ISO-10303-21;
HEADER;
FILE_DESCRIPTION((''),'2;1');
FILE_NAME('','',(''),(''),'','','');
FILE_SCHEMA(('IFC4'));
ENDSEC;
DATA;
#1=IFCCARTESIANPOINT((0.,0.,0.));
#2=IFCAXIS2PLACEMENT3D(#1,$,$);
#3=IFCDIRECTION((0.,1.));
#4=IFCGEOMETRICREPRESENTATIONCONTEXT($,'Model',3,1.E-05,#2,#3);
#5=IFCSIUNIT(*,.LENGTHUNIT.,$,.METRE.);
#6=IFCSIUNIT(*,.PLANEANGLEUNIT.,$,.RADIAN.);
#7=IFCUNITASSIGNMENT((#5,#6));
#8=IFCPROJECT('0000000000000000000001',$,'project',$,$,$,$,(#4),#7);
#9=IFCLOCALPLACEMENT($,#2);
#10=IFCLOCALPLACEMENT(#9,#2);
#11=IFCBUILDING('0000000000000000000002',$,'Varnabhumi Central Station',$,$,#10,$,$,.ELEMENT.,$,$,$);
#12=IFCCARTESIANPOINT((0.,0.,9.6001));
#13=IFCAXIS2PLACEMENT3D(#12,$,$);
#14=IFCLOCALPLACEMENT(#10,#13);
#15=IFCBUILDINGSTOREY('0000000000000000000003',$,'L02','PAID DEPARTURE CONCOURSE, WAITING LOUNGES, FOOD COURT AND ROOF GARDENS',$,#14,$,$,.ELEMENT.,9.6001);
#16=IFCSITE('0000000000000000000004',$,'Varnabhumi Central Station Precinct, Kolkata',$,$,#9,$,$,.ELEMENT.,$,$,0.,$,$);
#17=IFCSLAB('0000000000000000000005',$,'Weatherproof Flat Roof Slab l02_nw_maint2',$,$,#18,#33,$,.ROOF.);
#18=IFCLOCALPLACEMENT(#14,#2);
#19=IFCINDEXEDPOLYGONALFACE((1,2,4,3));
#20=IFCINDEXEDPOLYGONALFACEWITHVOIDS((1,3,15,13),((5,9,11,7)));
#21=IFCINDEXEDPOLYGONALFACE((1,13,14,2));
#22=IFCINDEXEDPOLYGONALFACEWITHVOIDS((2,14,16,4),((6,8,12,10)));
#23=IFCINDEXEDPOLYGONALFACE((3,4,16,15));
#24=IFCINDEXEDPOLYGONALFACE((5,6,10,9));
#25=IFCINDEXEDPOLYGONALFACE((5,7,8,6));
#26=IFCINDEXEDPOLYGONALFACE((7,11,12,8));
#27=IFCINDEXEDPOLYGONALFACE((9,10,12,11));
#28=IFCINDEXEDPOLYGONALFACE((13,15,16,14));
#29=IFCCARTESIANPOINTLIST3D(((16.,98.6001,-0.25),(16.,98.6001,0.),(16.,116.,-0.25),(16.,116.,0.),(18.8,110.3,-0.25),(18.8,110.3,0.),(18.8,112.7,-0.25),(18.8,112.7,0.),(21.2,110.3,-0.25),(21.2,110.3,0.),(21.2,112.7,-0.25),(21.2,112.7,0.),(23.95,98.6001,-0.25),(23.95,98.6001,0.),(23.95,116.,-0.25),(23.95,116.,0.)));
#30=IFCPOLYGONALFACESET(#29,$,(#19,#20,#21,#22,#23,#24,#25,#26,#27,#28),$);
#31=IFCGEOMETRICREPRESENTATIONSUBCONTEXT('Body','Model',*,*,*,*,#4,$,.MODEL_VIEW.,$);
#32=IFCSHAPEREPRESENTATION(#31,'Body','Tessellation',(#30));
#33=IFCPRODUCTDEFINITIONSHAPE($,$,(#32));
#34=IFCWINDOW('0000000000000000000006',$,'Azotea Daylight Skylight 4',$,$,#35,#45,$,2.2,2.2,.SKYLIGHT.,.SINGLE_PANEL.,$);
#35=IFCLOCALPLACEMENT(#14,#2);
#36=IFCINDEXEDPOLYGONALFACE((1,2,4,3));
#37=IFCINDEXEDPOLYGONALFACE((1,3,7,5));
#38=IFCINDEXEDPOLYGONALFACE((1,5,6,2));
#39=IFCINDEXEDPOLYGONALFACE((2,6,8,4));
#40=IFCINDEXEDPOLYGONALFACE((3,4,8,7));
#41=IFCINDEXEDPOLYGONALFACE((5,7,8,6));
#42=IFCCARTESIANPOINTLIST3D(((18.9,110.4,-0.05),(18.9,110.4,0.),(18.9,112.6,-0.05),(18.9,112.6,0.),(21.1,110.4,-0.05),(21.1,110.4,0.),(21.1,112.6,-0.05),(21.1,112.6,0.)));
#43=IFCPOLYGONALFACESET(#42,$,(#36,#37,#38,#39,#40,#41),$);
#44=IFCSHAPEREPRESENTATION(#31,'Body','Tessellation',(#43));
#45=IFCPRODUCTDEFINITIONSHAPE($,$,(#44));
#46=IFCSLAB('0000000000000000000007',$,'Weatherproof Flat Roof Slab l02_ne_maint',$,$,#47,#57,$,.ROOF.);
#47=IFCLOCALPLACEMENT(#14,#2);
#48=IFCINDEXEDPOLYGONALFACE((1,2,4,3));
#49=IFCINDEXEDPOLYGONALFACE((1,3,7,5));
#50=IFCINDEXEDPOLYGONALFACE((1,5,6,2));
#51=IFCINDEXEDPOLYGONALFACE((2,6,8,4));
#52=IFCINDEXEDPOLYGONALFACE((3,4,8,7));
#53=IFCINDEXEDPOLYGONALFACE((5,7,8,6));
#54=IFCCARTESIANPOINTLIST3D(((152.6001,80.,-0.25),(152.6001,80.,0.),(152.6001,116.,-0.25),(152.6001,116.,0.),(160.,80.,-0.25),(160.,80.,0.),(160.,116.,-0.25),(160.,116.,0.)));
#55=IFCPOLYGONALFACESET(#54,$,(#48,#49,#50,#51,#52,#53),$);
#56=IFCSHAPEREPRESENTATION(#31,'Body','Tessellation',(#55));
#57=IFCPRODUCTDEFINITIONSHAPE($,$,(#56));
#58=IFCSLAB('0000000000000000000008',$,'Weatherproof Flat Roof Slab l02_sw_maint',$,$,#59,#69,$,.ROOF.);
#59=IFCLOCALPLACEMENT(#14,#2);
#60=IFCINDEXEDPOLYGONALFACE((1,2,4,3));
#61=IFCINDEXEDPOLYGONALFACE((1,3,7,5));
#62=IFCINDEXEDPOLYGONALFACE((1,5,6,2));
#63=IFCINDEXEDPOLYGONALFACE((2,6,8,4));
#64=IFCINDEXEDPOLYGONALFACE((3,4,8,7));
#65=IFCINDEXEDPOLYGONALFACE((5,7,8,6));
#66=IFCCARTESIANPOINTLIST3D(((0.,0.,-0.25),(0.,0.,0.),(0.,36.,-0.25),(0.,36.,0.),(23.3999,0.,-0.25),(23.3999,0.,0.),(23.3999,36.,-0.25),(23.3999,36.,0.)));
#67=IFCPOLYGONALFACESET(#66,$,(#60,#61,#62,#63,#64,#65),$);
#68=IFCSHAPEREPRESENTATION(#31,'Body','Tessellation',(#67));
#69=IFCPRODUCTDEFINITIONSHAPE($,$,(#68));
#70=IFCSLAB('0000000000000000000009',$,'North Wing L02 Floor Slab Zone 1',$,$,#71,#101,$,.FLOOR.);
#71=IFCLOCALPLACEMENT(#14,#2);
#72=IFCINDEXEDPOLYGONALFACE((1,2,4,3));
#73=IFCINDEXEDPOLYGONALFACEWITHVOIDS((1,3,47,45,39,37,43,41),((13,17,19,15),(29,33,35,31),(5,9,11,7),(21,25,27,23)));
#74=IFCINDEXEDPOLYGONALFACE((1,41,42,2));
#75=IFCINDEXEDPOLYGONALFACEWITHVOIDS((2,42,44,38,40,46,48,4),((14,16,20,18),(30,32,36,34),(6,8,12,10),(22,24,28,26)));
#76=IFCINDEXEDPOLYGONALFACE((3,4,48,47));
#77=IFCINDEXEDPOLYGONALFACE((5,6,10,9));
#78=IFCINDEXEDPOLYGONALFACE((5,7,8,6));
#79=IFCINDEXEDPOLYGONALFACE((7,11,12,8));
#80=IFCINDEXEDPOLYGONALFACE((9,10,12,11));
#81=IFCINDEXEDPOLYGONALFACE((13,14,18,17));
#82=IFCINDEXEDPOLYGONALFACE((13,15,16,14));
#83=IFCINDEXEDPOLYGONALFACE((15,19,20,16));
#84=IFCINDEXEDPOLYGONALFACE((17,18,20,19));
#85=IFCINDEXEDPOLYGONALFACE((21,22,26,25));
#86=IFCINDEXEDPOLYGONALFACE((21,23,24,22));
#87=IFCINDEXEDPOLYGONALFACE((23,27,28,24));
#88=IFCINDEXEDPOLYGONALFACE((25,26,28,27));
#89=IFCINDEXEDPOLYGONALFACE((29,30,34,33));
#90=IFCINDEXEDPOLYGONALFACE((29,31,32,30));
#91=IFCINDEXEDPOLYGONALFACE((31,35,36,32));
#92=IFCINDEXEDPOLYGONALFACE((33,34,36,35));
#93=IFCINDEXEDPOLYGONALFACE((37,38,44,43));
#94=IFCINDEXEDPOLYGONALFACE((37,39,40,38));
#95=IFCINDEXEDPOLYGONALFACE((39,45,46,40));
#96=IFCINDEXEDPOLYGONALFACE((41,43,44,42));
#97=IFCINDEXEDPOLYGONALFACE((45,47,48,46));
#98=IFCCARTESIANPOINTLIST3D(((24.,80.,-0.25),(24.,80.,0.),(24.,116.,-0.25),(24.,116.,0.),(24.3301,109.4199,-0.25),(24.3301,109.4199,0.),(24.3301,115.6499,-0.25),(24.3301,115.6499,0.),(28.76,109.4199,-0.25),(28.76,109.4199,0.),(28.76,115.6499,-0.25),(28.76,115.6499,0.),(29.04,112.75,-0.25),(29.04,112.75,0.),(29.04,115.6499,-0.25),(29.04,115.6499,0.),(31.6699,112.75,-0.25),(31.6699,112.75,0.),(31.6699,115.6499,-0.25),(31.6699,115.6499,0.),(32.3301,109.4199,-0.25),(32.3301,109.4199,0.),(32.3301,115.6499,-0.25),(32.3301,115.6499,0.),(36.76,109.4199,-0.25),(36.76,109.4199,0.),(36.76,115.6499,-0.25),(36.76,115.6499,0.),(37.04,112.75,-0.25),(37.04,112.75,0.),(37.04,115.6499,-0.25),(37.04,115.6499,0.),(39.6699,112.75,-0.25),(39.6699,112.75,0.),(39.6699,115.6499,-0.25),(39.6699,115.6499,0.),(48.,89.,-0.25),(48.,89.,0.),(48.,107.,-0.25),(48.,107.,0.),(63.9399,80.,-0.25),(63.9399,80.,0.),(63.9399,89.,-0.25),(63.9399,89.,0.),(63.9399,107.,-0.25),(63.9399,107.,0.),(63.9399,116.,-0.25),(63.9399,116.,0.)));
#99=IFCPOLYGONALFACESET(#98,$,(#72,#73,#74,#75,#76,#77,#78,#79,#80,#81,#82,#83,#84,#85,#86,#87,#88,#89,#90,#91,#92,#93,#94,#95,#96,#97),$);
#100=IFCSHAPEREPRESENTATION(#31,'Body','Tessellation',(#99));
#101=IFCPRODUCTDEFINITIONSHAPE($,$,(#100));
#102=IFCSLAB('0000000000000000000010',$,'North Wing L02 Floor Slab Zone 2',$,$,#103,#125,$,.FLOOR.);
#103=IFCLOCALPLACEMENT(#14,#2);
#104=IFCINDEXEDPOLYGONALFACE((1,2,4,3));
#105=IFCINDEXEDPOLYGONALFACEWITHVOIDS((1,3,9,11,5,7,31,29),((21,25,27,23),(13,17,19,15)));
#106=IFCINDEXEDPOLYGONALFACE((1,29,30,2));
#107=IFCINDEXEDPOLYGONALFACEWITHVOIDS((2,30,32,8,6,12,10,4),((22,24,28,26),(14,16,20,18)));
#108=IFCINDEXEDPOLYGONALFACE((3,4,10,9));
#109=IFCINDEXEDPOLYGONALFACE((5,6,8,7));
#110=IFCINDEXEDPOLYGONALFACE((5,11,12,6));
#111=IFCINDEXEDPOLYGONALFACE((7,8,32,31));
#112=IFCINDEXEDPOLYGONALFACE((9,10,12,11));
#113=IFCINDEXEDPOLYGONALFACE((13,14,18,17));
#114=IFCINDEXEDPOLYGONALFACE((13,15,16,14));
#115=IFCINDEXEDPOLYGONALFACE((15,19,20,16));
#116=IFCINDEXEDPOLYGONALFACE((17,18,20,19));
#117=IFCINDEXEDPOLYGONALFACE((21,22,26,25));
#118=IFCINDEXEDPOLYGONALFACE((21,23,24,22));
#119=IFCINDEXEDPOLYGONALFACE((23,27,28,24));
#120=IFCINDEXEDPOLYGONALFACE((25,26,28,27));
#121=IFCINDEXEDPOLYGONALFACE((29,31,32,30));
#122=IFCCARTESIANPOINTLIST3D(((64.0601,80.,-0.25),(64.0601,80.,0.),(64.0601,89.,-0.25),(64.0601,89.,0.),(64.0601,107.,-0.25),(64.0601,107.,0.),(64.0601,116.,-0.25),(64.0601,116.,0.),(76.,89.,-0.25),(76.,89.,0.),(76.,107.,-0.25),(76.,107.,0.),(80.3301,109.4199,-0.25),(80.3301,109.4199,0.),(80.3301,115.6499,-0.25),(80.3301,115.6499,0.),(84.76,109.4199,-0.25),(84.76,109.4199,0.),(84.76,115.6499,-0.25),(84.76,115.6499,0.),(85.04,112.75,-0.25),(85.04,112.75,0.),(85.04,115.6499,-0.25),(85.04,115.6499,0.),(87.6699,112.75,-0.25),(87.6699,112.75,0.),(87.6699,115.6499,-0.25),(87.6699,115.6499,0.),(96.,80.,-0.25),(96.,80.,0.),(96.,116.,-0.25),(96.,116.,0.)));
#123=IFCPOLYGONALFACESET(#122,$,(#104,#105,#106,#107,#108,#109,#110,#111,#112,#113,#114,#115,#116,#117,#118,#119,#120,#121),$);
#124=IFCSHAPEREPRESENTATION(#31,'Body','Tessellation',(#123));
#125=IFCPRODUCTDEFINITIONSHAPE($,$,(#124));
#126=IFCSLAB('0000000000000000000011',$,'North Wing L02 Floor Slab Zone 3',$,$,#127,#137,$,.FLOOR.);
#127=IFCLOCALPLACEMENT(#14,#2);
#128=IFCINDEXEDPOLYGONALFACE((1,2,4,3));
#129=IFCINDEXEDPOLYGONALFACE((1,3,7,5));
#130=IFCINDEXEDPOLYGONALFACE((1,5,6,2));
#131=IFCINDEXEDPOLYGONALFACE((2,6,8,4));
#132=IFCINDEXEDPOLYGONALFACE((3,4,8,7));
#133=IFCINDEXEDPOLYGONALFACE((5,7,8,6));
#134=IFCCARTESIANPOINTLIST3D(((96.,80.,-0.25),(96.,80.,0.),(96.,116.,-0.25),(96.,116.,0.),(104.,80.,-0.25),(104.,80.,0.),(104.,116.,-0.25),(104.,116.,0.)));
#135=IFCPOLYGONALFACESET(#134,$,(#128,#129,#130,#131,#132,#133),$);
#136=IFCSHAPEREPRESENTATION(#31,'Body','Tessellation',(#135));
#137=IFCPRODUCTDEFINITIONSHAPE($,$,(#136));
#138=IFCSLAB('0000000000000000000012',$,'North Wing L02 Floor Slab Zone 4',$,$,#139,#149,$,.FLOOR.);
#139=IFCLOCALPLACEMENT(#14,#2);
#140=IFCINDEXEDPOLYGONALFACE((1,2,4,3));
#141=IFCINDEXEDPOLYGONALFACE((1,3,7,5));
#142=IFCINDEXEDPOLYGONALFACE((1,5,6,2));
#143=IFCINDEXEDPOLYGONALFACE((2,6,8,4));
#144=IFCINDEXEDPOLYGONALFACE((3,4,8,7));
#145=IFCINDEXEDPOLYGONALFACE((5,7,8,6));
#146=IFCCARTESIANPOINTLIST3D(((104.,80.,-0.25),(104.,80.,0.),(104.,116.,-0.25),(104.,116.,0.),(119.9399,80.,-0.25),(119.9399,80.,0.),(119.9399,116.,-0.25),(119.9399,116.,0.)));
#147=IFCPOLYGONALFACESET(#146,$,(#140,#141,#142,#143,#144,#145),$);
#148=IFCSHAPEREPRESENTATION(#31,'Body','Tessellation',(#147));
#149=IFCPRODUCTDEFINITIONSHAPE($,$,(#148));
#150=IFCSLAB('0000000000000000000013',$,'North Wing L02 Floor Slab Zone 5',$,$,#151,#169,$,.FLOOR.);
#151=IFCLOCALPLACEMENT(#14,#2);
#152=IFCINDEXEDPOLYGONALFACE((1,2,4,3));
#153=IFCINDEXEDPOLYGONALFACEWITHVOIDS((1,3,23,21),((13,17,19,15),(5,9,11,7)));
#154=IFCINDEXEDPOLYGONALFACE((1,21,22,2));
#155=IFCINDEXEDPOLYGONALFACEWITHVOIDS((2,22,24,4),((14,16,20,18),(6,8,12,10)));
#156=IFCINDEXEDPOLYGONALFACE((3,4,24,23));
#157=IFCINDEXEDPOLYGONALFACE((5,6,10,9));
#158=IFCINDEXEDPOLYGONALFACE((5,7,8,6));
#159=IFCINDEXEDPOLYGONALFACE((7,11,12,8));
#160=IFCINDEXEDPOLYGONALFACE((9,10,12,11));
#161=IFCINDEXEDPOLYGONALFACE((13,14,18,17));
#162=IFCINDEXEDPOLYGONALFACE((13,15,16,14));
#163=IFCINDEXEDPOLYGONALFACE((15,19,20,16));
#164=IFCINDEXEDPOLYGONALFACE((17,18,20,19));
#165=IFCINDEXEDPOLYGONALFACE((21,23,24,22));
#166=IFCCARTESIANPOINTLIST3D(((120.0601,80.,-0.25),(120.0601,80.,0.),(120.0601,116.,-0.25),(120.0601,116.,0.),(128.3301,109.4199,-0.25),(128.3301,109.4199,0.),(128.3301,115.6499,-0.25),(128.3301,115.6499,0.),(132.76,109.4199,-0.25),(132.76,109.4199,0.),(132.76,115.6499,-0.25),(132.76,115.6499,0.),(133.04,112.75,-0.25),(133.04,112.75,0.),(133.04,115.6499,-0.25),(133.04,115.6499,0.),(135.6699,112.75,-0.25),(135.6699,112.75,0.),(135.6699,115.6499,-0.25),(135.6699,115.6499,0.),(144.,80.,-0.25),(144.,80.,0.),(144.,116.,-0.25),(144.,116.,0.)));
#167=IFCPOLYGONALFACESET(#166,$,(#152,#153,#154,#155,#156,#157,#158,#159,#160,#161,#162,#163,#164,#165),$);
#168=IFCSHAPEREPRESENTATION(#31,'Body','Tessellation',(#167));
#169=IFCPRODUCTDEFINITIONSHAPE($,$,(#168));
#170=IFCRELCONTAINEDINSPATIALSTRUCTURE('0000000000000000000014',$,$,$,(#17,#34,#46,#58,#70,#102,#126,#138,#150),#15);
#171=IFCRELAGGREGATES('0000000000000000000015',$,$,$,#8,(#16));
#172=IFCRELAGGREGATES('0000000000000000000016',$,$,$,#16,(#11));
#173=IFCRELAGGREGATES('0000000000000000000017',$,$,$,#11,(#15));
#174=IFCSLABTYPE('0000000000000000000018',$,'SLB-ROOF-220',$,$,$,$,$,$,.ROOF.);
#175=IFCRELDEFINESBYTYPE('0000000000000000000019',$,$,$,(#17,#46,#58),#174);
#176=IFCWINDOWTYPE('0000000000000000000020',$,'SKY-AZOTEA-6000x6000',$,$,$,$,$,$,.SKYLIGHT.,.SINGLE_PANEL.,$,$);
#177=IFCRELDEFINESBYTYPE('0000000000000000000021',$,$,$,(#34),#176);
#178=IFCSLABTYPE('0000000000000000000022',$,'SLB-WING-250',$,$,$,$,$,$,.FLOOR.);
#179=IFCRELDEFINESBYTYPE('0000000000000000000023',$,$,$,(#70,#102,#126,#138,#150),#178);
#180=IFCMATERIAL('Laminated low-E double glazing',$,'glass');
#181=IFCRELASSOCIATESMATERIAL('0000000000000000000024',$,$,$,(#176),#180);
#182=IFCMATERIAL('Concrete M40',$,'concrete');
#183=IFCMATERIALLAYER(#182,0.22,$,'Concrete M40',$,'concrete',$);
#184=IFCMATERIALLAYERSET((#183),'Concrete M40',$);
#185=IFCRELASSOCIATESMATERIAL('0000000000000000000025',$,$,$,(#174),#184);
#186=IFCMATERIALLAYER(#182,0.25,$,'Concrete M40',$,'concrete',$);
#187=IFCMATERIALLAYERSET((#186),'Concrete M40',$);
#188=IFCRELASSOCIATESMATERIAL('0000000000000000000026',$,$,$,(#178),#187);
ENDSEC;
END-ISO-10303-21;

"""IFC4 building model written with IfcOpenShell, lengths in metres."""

from ifc_helpers import new_model, si_unit, direction, frame, origin, origin_2d, place, context, subcontext, project, spatial, polyline, rectangle, outline, extrude, material, layer, layer_set, type_object, element, fill, save


model = new_model("IFC4")

# Units and contexts
model_context = context("Model", 3, precision=1e-05, world=origin(), true_north=direction((0.0, 1.0)))
body_context = subcontext(model_context, "Body", "Model", "MODEL_VIEW")
ifc_project = project(units=[si_unit("LENGTHUNIT", "METRE"), si_unit("PLANEANGLEUNIT", "RADIAN")], contexts=[model_context])

# Site, building, storey
site_placement = place(None, origin())
site = spatial("IfcSite", under=ifc_project, at=site_placement, Name="Varnabhumi Central Station Precinct, Kolkata", CompositionType="ELEMENT", RefElevation=0.0)
building_placement = place(site_placement, origin())
building = spatial("IfcBuilding", under=site, at=building_placement, Name="Varnabhumi Central Station", CompositionType="ELEMENT")
storey_placement = place(building_placement, frame((0.0, 0.0, 9.6001)))
storey = spatial("IfcBuildingStorey", under=building, at=storey_placement, Name="L02", Description="PAID DEPARTURE CONCOURSE, WAITING LOUNGES, FOOD COURT AND ROOF GARDENS", CompositionType="ELEMENT", Elevation=9.6001)

# Shared definitions
ifc_material_1 = material(Name="Concrete M40", Category="concrete")
ifc_material_2 = material(Name="Laminated low-E double glazing", Category="glass")
window_type = type_object("IfcWindowType", Name="SKY-AZOTEA-6000x6000", PartitioningType="SINGLE_PANEL", PredefinedType="SKYLIGHT", material=ifc_material_2)

# Slab, opening, window
ifc_layer_1 = layer(ifc_material_1, 0.22, Name="Concrete M40", Category="concrete")
ifc_layer_set_1 = layer_set([ifc_layer_1], Name="Concrete M40")
slab_type_1 = type_object("IfcSlabType", Name="SLB-ROOF-220", PredefinedType="ROOF", material=ifc_layer_set_1)
slab_1_placement = place(storey_placement, frame((0.0, 0.0, -0.25)))
slab_1 = element("IfcSlab", 1, at=slab_1_placement, inside=storey, type_object=slab_type_1, Name="Weatherproof Flat Roof Slab l02_nw_maint2", PredefinedType="ROOF", context=body_context, shape_type="SweptSolid", body=[
    extrude(outline(polyline([(16.0, 98.6001), (23.95, 98.6001), (23.95, 116.0), (16.0, 116.0), (16.0, 98.6001)]), holes=[polyline([(18.8, 110.3), (21.2, 110.3), (21.2, 112.7), (18.8, 112.7), (18.8, 110.3)])]), origin(), (0.0, 0.0, 1.0), 0.25),
])
opening_1_placement = place(slab_1_placement, frame((20.0, 111.5, 0.0)))
opening_1 = element("IfcOpeningElement", 2, at=opening_1_placement, cuts=slab_1, PredefinedType="OPENING", context=body_context, shape_type="SweptSolid", body=[
    extrude(rectangle(XDim=2.2, YDim=2.2, at=origin_2d()), frame((0.0, 0.0, -0.01)), (0.0, 0.0, 1.0), 0.27),
])
window_1_placement = place(opening_1_placement, frame((0.0, 0.0, 0.2)))
window_1 = element("IfcWindow", 3, at=window_1_placement, inside=storey, type_object=window_type, Name="Azotea Daylight Skylight 4", OverallHeight=2.2, OverallWidth=2.2, PartitioningType="SINGLE_PANEL", PredefinedType="SKYLIGHT", context=body_context, shape_type="SweptSolid", body=[
    extrude(rectangle(XDim=2.2, YDim=2.2, at=origin_2d()), origin(), (0.0, 0.0, 1.0), 0.05),
])
fill(opening_1, window_1)

# Slabs
slab_2_placement = place(storey_placement, frame((0.0, 0.0, -0.25)))
element("IfcSlab", 4, at=slab_2_placement, inside=storey, type_object=slab_type_1, Name="Weatherproof Flat Roof Slab l02_ne_maint", PredefinedType="ROOF", context=body_context, shape_type="SweptSolid", body=[
    extrude(outline(polyline([(152.6001, 80.0), (160.0, 80.0), (160.0, 116.0), (152.6001, 116.0), (152.6001, 80.0)])), origin(), (0.0, 0.0, 1.0), 0.25),
])
slab_3_placement = place(storey_placement, frame((0.0, 0.0, -0.25)))
element("IfcSlab", 5, at=slab_3_placement, inside=storey, type_object=slab_type_1, Name="Weatherproof Flat Roof Slab l02_sw_maint", PredefinedType="ROOF", context=body_context, shape_type="SweptSolid", body=[
    extrude(outline(polyline([(0.0, 0.0), (23.3999, 0.0), (23.3999, 36.0), (0.0, 36.0), (0.0, 0.0)])), origin(), (0.0, 0.0, 1.0), 0.25),
])
ifc_layer_2 = layer(ifc_material_1, 0.25, Name="Concrete M40", Category="concrete")
ifc_layer_set_2 = layer_set([ifc_layer_2], Name="Concrete M40")
slab_type_2 = type_object("IfcSlabType", Name="SLB-WING-250", PredefinedType="FLOOR", material=ifc_layer_set_2)
slab_4_placement = place(storey_placement, frame((0.0, 0.0, -0.25)))
element("IfcSlab", 6, at=slab_4_placement, inside=storey, type_object=slab_type_2, Name="North Wing L02 Floor Slab Zone 1", PredefinedType="FLOOR", context=body_context, shape_type="SweptSolid", body=[
    extrude(outline(polyline([(24.0, 80.0), (63.9399, 80.0), (63.9399, 89.0), (48.0, 89.0), (48.0, 107.0), (63.9399, 107.0), (63.9399, 116.0), (24.0, 116.0), (24.0, 80.0)]), holes=[polyline([(24.3301, 109.4199), (28.76, 109.4199), (28.76, 115.6499), (24.3301, 115.6499), (24.3301, 109.4199)]), polyline([(29.04, 112.75), (31.6699, 112.75), (31.6699, 115.6499), (29.04, 115.6499), (29.04, 112.75)]), polyline([(32.3301, 109.4199), (36.76, 109.4199), (36.76, 115.6499), (32.3301, 115.6499), (32.3301, 109.4199)]), polyline([(37.04, 112.75), (39.6699, 112.75), (39.6699, 115.6499), (37.04, 115.6499), (37.04, 112.75)])]), origin(), (0.0, 0.0, 1.0), 0.25),
])
slab_5_placement = place(storey_placement, frame((0.0, 0.0, -0.25)))
element("IfcSlab", 7, at=slab_5_placement, inside=storey, type_object=slab_type_2, Name="North Wing L02 Floor Slab Zone 2", PredefinedType="FLOOR", context=body_context, shape_type="SweptSolid", body=[
    extrude(outline(polyline([(64.0601, 80.0), (96.0, 80.0), (96.0, 116.0), (64.0601, 116.0), (64.0601, 107.0), (76.0, 107.0), (76.0, 89.0), (64.0601, 89.0), (64.0601, 80.0)]), holes=[polyline([(80.3301, 109.4199), (84.76, 109.4199), (84.76, 115.6499), (80.3301, 115.6499), (80.3301, 109.4199)]), polyline([(85.04, 112.75), (87.6699, 112.75), (87.6699, 115.6499), (85.04, 115.6499), (85.04, 112.75)])]), origin(), (0.0, 0.0, 1.0), 0.25),
])
slab_6_placement = place(storey_placement, frame((0.0, 0.0, -0.25)))
element("IfcSlab", 8, at=slab_6_placement, inside=storey, type_object=slab_type_2, Name="North Wing L02 Floor Slab Zone 3", PredefinedType="FLOOR", context=body_context, shape_type="SweptSolid", body=[
    extrude(outline(polyline([(96.0, 80.0), (104.0, 80.0), (104.0, 116.0), (96.0, 116.0), (96.0, 80.0)])), origin(), (0.0, 0.0, 1.0), 0.25),
])
slab_7_placement = place(storey_placement, frame((0.0, 0.0, -0.25)))
element("IfcSlab", 9, at=slab_7_placement, inside=storey, type_object=slab_type_2, Name="North Wing L02 Floor Slab Zone 4", PredefinedType="FLOOR", context=body_context, shape_type="SweptSolid", body=[
    extrude(outline(polyline([(104.0, 80.0), (119.9399, 80.0), (119.9399, 116.0), (104.0, 116.0), (104.0, 80.0)])), origin(), (0.0, 0.0, 1.0), 0.25),
])
slab_8_placement = place(storey_placement, frame((0.0, 0.0, -0.25)))
element("IfcSlab", 10, at=slab_8_placement, inside=storey, type_object=slab_type_2, Name="North Wing L02 Floor Slab Zone 5", PredefinedType="FLOOR", context=body_context, shape_type="SweptSolid", body=[
    extrude(outline(polyline([(120.0601, 80.0), (144.0, 80.0), (144.0, 116.0), (120.0601, 116.0), (120.0601, 80.0)]), holes=[polyline([(128.3301, 109.4199), (132.76, 109.4199), (132.76, 115.6499), (128.3301, 115.6499), (128.3301, 109.4199)]), polyline([(133.04, 112.75), (135.6699, 112.75), (135.6699, 115.6499), (133.04, 115.6499), (133.04, 112.75)])]), origin(), (0.0, 0.0, 1.0), 0.25),
])

save(model, "model.ifc")
